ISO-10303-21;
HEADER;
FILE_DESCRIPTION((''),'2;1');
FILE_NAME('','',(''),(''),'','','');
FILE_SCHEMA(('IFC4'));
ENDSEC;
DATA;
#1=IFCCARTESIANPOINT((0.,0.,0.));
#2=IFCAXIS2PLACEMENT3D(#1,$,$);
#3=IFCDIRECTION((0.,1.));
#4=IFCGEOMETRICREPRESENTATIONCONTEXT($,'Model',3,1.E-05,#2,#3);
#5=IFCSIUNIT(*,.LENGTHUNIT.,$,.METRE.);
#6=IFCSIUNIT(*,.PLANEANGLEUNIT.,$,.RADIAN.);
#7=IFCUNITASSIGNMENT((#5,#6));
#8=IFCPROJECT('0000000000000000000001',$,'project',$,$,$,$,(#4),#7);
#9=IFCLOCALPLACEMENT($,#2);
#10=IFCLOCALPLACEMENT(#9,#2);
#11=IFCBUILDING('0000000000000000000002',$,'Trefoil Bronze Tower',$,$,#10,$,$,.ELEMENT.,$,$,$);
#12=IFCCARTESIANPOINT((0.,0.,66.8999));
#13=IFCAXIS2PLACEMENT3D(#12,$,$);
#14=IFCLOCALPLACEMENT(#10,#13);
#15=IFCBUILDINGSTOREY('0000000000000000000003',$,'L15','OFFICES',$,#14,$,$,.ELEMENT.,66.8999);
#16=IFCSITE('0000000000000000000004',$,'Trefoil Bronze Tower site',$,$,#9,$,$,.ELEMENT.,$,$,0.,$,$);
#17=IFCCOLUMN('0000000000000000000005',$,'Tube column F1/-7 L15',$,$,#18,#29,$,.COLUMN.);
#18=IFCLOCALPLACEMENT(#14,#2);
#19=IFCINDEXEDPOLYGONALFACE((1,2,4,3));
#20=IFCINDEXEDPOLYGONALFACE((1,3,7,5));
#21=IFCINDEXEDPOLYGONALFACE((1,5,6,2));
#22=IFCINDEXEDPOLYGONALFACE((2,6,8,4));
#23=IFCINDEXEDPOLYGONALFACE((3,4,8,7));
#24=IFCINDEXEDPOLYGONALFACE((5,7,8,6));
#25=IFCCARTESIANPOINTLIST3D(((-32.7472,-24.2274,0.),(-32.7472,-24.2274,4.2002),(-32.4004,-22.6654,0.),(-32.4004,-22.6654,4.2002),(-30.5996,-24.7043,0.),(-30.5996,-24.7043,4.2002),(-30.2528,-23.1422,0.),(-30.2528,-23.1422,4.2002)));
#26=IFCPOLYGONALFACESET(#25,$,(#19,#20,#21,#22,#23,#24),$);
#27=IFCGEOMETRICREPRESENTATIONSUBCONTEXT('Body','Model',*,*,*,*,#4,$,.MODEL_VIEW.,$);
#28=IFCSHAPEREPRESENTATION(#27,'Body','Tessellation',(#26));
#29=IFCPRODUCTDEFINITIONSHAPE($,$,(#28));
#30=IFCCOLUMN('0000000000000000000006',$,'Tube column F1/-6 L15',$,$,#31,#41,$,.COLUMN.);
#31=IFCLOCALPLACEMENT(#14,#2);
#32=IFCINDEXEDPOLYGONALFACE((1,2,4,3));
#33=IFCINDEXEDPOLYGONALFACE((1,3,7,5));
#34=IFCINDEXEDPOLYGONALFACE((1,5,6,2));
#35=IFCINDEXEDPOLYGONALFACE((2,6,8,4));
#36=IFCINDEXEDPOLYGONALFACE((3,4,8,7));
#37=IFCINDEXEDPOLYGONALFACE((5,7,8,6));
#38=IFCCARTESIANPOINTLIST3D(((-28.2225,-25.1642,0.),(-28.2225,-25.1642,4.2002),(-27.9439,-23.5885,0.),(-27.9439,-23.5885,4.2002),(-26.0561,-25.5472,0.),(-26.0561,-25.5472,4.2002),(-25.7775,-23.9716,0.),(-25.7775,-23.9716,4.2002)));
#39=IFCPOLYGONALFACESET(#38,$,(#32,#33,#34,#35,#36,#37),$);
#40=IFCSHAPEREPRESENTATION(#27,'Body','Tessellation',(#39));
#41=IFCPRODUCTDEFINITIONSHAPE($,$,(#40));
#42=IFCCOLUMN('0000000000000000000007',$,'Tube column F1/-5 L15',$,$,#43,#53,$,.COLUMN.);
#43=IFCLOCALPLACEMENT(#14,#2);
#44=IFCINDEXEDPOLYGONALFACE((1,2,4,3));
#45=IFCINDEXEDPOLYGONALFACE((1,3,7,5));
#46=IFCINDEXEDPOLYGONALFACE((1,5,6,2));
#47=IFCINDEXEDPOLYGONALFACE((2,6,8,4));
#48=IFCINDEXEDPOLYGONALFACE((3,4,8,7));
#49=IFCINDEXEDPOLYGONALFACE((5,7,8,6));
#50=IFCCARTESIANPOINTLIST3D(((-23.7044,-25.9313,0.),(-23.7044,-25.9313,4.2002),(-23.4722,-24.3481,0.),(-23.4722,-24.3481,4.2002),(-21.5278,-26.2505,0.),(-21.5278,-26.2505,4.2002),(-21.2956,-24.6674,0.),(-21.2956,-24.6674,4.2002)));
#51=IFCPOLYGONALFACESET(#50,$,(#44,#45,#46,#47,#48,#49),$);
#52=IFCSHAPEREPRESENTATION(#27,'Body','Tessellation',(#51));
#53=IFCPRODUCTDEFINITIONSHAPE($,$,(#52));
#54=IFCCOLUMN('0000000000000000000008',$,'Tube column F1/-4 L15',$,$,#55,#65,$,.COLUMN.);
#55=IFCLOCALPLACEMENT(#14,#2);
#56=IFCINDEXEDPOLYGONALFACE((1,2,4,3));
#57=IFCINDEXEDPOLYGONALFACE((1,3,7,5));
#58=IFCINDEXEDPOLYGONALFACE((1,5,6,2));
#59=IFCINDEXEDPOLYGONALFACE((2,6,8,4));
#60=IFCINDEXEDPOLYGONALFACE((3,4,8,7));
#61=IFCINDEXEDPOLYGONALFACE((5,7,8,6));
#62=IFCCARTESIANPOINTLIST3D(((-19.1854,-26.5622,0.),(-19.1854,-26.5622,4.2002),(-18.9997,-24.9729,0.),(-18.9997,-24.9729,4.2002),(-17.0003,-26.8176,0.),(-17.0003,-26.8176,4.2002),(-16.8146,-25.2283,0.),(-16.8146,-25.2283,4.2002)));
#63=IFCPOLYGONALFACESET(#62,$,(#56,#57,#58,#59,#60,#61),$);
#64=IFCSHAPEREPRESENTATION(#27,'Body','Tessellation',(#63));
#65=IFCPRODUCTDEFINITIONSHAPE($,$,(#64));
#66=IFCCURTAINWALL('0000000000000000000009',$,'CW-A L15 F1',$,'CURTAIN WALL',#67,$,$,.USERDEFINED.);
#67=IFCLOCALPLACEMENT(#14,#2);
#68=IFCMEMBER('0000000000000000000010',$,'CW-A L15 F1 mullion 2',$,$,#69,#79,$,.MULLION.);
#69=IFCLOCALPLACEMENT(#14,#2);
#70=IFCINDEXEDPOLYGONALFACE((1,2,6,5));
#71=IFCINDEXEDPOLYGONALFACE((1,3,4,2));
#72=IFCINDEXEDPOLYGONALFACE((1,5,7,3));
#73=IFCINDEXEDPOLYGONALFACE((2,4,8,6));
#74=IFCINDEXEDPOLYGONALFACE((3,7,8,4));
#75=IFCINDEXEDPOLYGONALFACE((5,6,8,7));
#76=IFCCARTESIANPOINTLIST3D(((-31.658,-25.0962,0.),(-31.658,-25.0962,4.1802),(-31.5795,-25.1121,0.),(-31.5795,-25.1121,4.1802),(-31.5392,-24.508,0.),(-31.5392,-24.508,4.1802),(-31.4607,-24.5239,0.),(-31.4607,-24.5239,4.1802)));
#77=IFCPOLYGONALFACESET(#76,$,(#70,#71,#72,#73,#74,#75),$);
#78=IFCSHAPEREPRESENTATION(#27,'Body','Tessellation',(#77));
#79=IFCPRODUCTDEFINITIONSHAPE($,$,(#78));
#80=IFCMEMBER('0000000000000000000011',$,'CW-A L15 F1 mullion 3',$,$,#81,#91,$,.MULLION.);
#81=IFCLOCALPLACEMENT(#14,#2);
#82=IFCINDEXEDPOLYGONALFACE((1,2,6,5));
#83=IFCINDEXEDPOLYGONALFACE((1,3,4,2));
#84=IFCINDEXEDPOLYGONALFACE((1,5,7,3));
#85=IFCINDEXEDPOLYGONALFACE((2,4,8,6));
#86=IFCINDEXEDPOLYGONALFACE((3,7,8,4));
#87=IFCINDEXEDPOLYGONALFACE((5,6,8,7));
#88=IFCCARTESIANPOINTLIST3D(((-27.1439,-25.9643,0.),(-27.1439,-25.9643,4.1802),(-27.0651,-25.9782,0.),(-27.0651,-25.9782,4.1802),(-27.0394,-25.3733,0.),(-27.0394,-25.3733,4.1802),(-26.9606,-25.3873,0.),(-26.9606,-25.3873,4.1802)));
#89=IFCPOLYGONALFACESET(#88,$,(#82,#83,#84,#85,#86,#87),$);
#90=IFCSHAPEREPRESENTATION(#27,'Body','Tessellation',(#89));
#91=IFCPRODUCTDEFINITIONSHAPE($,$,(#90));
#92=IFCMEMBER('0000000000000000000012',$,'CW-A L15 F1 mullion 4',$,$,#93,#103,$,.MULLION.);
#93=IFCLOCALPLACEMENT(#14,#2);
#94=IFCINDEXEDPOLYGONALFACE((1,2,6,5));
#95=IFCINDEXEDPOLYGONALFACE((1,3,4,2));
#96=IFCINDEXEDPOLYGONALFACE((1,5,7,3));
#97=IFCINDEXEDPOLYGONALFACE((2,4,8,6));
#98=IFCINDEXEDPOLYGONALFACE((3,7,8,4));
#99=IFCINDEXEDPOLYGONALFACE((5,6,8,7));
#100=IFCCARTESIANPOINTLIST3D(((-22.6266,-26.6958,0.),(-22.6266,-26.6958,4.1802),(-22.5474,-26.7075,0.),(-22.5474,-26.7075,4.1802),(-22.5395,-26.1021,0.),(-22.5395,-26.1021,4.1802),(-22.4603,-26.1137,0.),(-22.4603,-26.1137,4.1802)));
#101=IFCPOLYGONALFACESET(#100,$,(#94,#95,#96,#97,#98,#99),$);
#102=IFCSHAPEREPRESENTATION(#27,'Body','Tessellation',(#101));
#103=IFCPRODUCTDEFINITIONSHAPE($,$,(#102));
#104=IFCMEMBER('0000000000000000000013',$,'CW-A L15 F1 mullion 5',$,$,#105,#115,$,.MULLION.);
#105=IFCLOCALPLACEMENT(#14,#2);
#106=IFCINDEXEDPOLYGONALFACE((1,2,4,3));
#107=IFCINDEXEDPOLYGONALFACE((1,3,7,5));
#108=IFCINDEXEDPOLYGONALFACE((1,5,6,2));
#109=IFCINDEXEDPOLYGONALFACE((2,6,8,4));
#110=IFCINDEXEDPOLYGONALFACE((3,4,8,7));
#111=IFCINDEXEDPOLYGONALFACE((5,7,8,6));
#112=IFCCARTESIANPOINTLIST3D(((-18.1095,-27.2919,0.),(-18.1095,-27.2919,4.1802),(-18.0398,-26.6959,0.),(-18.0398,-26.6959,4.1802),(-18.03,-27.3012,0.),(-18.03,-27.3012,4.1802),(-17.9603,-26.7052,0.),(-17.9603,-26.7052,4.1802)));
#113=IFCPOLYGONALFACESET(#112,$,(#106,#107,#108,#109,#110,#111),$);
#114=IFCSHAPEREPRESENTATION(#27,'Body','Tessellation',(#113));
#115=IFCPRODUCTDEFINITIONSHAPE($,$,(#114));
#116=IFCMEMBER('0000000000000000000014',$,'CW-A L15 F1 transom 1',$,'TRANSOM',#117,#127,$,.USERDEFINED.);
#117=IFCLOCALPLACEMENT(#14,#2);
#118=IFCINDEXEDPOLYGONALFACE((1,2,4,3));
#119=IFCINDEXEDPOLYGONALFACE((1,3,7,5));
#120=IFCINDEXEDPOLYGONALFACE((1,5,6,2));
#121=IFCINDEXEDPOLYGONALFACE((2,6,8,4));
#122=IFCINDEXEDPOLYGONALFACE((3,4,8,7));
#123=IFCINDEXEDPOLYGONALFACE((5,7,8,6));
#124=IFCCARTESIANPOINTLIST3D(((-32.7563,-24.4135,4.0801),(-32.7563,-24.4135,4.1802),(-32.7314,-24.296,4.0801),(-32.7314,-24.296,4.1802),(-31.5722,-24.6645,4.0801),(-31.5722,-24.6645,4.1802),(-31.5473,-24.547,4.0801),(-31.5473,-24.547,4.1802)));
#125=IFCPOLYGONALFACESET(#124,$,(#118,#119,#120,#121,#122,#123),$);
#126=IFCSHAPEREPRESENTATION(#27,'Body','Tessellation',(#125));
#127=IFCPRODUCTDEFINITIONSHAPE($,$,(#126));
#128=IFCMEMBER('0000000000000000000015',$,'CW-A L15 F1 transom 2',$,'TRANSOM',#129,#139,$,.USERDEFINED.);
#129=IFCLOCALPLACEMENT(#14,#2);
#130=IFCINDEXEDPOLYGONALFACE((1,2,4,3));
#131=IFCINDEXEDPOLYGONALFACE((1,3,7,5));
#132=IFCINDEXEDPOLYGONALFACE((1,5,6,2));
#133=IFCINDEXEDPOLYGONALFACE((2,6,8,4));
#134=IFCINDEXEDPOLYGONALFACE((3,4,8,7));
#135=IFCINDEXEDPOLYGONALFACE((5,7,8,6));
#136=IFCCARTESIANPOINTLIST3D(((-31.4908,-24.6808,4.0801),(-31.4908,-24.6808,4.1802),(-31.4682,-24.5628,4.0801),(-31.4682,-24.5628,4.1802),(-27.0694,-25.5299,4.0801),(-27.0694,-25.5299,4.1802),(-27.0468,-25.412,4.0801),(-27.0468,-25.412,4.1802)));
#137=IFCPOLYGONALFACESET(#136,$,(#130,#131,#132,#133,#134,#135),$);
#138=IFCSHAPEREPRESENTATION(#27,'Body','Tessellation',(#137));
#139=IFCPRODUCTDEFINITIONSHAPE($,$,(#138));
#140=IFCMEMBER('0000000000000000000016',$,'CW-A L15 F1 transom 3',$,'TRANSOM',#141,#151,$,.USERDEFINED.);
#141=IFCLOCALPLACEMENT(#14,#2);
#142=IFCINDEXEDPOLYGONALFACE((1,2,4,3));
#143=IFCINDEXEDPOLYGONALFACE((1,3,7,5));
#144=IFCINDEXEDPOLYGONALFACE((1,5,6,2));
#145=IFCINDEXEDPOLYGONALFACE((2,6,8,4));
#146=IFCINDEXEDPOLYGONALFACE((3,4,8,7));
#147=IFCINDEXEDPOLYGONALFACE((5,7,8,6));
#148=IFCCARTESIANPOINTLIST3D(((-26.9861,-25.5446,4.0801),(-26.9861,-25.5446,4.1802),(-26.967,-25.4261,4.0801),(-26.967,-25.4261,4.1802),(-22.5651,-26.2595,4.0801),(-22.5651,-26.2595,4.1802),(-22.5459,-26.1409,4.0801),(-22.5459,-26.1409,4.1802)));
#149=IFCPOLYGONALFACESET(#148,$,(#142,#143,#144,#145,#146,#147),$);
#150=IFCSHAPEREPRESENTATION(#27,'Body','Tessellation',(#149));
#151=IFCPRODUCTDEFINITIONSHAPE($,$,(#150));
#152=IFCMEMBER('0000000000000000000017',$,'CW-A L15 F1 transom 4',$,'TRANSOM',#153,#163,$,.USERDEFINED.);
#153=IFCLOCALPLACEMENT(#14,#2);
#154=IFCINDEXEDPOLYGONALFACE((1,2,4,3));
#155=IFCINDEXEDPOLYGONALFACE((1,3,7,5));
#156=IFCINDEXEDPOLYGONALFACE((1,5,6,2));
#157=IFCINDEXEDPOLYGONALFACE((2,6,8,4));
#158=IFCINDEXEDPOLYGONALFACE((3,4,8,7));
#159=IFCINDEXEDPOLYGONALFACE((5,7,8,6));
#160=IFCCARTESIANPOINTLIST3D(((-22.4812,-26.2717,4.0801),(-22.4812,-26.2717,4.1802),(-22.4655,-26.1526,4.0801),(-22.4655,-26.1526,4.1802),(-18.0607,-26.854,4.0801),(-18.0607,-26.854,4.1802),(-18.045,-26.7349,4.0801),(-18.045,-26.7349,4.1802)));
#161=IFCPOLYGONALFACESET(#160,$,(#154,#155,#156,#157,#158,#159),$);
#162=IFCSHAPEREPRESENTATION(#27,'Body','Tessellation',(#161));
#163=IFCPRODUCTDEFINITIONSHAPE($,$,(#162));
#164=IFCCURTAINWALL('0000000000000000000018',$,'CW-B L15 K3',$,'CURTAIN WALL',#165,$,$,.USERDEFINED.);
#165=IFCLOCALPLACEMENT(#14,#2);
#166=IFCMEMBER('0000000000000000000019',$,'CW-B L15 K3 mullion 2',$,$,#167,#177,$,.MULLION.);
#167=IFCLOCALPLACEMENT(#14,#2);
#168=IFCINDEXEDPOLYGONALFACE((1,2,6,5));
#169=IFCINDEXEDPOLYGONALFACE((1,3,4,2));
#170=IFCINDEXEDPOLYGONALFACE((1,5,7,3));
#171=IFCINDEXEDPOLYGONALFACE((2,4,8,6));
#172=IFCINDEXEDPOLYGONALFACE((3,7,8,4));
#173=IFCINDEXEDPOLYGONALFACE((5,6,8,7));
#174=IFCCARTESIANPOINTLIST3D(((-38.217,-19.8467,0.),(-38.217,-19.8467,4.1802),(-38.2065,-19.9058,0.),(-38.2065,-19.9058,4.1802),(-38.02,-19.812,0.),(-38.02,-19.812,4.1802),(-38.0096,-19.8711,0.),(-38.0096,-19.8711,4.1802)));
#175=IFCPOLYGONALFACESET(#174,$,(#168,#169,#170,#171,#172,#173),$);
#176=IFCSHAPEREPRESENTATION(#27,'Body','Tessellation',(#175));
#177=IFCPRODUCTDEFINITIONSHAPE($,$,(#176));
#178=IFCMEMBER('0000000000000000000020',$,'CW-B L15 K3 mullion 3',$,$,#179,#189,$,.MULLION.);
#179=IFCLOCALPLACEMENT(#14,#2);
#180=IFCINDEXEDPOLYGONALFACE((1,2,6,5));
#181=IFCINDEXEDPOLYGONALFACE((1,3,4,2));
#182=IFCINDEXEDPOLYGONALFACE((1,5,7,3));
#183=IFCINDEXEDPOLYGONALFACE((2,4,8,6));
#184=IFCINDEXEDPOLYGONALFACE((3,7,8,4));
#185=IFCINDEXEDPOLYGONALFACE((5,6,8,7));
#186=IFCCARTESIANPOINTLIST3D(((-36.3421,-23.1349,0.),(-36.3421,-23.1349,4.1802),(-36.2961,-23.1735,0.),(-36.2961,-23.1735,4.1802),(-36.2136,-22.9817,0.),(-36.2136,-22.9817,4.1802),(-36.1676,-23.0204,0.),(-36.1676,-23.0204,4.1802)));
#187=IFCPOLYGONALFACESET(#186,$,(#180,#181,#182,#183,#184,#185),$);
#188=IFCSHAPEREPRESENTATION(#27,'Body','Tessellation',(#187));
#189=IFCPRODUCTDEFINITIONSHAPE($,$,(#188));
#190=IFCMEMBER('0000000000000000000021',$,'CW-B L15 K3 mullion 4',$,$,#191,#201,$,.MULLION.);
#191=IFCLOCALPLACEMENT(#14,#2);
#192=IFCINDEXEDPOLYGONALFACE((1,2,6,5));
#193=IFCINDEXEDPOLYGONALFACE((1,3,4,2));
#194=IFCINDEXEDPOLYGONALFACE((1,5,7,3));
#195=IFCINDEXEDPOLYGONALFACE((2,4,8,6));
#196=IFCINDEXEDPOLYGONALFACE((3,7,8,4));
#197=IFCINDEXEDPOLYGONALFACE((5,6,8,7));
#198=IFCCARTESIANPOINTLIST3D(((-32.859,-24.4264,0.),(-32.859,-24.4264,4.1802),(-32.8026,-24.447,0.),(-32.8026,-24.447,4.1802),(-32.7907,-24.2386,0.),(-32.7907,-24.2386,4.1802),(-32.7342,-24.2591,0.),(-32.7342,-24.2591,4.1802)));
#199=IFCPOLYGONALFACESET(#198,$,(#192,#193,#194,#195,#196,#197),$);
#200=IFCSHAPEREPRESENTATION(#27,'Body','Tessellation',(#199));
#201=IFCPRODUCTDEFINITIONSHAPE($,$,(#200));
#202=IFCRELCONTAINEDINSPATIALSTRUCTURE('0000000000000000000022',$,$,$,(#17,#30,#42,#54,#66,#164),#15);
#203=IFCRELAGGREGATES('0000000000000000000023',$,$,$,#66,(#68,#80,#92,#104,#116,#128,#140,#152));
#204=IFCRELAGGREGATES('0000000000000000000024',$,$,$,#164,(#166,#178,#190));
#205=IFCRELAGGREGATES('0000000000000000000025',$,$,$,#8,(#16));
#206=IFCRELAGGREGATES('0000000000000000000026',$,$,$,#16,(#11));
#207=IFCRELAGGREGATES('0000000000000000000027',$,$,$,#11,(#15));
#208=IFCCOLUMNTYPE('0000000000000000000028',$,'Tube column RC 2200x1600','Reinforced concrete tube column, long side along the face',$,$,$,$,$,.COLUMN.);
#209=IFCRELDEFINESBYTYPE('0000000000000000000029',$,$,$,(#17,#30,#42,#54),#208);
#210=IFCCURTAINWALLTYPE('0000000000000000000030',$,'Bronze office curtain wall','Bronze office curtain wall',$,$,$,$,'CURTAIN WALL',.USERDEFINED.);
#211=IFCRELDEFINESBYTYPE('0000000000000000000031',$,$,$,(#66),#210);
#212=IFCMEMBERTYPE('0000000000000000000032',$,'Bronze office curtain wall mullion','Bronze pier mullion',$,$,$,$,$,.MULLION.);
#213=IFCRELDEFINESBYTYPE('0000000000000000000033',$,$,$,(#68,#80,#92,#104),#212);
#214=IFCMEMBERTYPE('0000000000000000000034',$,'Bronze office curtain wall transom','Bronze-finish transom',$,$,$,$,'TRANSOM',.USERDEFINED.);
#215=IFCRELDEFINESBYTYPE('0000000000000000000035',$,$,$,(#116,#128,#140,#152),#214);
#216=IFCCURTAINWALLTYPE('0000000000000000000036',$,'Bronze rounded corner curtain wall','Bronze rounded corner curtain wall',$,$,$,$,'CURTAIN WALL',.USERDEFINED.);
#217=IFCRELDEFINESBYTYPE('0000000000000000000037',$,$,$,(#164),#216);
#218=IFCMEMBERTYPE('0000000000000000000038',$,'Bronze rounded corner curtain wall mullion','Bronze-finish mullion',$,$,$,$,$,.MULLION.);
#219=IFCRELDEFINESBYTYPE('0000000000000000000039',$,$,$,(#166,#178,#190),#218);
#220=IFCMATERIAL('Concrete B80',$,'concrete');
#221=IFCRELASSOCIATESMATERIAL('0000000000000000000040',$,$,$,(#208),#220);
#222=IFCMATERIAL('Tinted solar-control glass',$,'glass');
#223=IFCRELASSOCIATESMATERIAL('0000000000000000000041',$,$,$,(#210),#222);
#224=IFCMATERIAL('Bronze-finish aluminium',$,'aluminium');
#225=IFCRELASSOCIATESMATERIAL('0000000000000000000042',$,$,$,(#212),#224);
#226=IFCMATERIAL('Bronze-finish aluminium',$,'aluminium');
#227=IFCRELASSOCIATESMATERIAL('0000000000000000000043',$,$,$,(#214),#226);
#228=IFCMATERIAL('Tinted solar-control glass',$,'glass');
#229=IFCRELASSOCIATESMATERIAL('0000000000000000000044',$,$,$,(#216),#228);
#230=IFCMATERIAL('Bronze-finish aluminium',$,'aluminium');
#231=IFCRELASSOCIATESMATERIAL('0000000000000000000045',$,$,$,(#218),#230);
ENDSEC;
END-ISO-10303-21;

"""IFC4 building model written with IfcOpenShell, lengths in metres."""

from ifc_helpers import new_model, si_unit, direction, frame, origin, origin_2d, place, context, subcontext, project, spatial, rectangle, extrude, material, material_profile, profile_set, type_object, element, aggregate, save


model = new_model("IFC4")

# Units and contexts
model_context = context("Model", 3, precision=1e-05, world=origin(), true_north=direction((0.0, 1.0)))
body_context = subcontext(model_context, "Body", "Model", "MODEL_VIEW")
ifc_project = project(units=[si_unit("LENGTHUNIT", "METRE"), si_unit("PLANEANGLEUNIT", "RADIAN")], contexts=[model_context])

# Site, building, storey
site_placement = place(None, origin())
site = spatial("IfcSite", under=ifc_project, at=site_placement, Name="Trefoil Bronze Tower site", CompositionType="ELEMENT", RefElevation=0.0)
building_placement = place(site_placement, origin())
building = spatial("IfcBuilding", under=site, at=building_placement, Name="Trefoil Bronze Tower", CompositionType="ELEMENT")
storey_placement = place(building_placement, frame((0.0, 0.0, 66.8999)))
storey = spatial("IfcBuildingStorey", under=building, at=storey_placement, Name="L15", Description="OFFICES", CompositionType="ELEMENT", Elevation=66.8999)

# Columns
ifc_material_1 = material(Name="Concrete B80", Category="concrete")
ifc_material_profile_1 = material_profile(ifc_material_1, rectangle(XDim=2.2, YDim=1.6001, at=origin_2d()), Name="RC 2200x1600")
ifc_profile_set_1 = profile_set([ifc_material_profile_1], Name="Concrete B80")
column_type = type_object("IfcColumnType", Name="Tube column RC 2200x1600", Description="Reinforced concrete tube column, long side along the face", PredefinedType="COLUMN", material=ifc_profile_set_1)
for number, where, z_axis, x_axis, name in (
    (1, (-31.5, -23.6848, 0.0), (0.0, 0.0, 1.0), (0.97623, -0.216739, 0.0), "Tube column F1/-7 L15"),
    (2, (-27.0, -24.5679, 0.0), (0.0, 0.0, 1.0), (0.984722, -0.174131, 0.0), "Tube column F1/-6 L15"),
    (3, (-22.5, -25.2993, 0.0), (0.0, 0.0, 1.0), (0.989416, -0.145109, 0.0), "Tube column F1/-5 L15"),
    (4, (-18.0, -25.8953, 0.0), (0.0, 0.0, 1.0), (0.993239, -0.116087, 0.0), "Tube column F1/-4 L15"),
):
    element("IfcColumn", number, at=place(storey_placement, frame(where, z_axis=z_axis, x_axis=x_axis)), inside=storey, type_object=column_type, Name=name, PredefinedType="COLUMN", context=body_context, shape_type="SweptSolid", body=[
        extrude(rectangle(XDim=2.2, YDim=1.6001, at=origin_2d()), origin(), (0.0, 0.0, 1.0), 4.2002),
    ])

# Curtain walls, members
ifc_material_2 = material(Name="Tinted solar-control glass", Category="glass")
curtain_wall_type_1 = type_object("IfcCurtainWallType", Name="Bronze office curtain wall", Description="Bronze office curtain wall", ElementType="CURTAIN WALL", PredefinedType="USERDEFINED", material=ifc_material_2)
curtain_wall_1_placement = place(storey_placement, origin())
curtain_wall_1 = element("IfcCurtainWall", 5, at=curtain_wall_1_placement, inside=storey, type_object=curtain_wall_type_1, Name="CW-A L15 F1", ObjectType="CURTAIN WALL", PredefinedType="USERDEFINED")
ifc_material_3 = material(Name="Bronze-finish aluminium", Category="aluminium")
ifc_material_profile_2 = material_profile(ifc_material_3, rectangle(XDim=0.6001, YDim=0.0801, at=origin_2d()), Name="CW-A mullion")
ifc_profile_set_2 = profile_set([ifc_material_profile_2], Name="Bronze-finish aluminium")
member_type_1 = type_object("IfcMemberType", Name="Bronze office curtain wall mullion", Description="Bronze pier mullion", PredefinedType="MULLION", material=ifc_profile_set_2)
member_1_placement = place(storey_placement, frame((-31.5593, -24.8101, 0.0), z_axis=(0.0, 0.0, 1.0), x_axis=(0.19791, 0.98022, 0.0)))
member_1 = element("IfcMember", 6, at=member_1_placement, type_object=member_type_1, Name="CW-A L15 F1 mullion 2", PredefinedType="MULLION", context=body_context, shape_type="SweptSolid", body=[
    extrude(rectangle(XDim=0.6001, YDim=0.0801, at=origin_2d()), origin(), (0.0, 0.0, 1.0), 4.1802),
])
member_2_placement = place(storey_placement, frame((-27.0522, -25.6758, 0.0), z_axis=(0.0, 0.0, 1.0), x_axis=(0.174131, 0.984722, 0.0)))
member_2 = element("IfcMember", 7, at=member_2_placement, type_object=member_type_1, Name="CW-A L15 F1 mullion 3", PredefinedType="MULLION", context=body_context, shape_type="SweptSolid", body=[
    extrude(rectangle(XDim=0.6001, YDim=0.0801, at=origin_2d()), origin(), (0.0, 0.0, 1.0), 4.1802),
])
member_3_placement = place(storey_placement, frame((-22.5435, -26.4048, 0.0), z_axis=(0.0, 0.0, 1.0), x_axis=(0.145109, 0.989416, 0.0)))
member_3 = element("IfcMember", 8, at=member_3_placement, type_object=member_type_1, Name="CW-A L15 F1 mullion 4", PredefinedType="MULLION", context=body_context, shape_type="SweptSolid", body=[
    extrude(rectangle(XDim=0.6001, YDim=0.0801, at=origin_2d()), origin(), (0.0, 0.0, 1.0), 4.1802),
])
member_4_placement = place(storey_placement, frame((-18.0349, -26.9985, 0.0), z_axis=(0.0, 0.0, 1.0), x_axis=(0.116087, 0.993239, 0.0)))
member_4 = element("IfcMember", 9, at=member_4_placement, type_object=member_type_1, Name="CW-A L15 F1 mullion 5", PredefinedType="MULLION", context=body_context, shape_type="SweptSolid", body=[
    extrude(rectangle(XDim=0.6001, YDim=0.0801, at=origin_2d()), origin(), (0.0, 0.0, 1.0), 4.1802),
])
ifc_material_4 = material(Name="Bronze-finish aluminium", Category="aluminium")
ifc_material_profile_3 = material_profile(ifc_material_4, rectangle(XDim=0.1201, YDim=0.1001, at=origin_2d()), Name="CW-A transom")
ifc_profile_set_3 = profile_set([ifc_material_profile_3], Name="Bronze-finish aluminium")
member_type_2 = type_object("IfcMemberType", Name="Bronze office curtain wall transom", Description="Bronze-finish transom", ElementType="TRANSOM", PredefinedType="USERDEFINED", material=ifc_profile_set_3)
member_5_placement = place(storey_placement, frame((-32.7439, -24.3547, 4.1301), z_axis=(0.978266, -0.207352, 0.0), x_axis=(0.207352, 0.978266, 0.0)))
member_5 = element("IfcMember", 10, at=member_5_placement, type_object=member_type_2, Name="CW-A L15 F1 transom 1", ObjectType="TRANSOM", PredefinedType="USERDEFINED", context=body_context, shape_type="SweptSolid", body=[
    extrude(rectangle(XDim=0.1201, YDim=0.1001, at=origin_2d()), origin(), (0.0, 0.0, 1.0), 1.2104),
])
member_6_placement = place(storey_placement, frame((-31.4795, -24.6218, 4.1301), z_axis=(0.982054, -0.188602, 0.0), x_axis=(0.188602, 0.982054, 0.0)))
member_6 = element("IfcMember", 11, at=member_6_placement, type_object=member_type_2, Name="CW-A L15 F1 transom 2", ObjectType="TRANSOM", PredefinedType="USERDEFINED", context=body_context, shape_type="SweptSolid", body=[
    extrude(rectangle(XDim=0.1201, YDim=0.1001, at=origin_2d()), origin(), (0.0, 0.0, 1.0), 4.5022),
])
member_7_placement = place(storey_placement, frame((-26.9766, -25.4854, 4.1301), z_axis=(0.987179, -0.159615, 0.0), x_axis=(0.159615, 0.987179, 0.0)))
member_7 = element("IfcMember", 12, at=member_7_placement, type_object=member_type_2, Name="CW-A L15 F1 transom 3", ObjectType="TRANSOM", PredefinedType="USERDEFINED", context=body_context, shape_type="SweptSolid", body=[
    extrude(rectangle(XDim=0.1201, YDim=0.1001, at=origin_2d()), origin(), (0.0, 0.0, 1.0), 4.4785),
])
member_8_placement = place(storey_placement, frame((-22.4734, -26.2122, 4.1301), z_axis=(0.991437, -0.130589, 0.0), x_axis=(0.130589, 0.991437, 0.0)))
member_8 = element("IfcMember", 13, at=member_8_placement, type_object=member_type_2, Name="CW-A L15 F1 transom 4", ObjectType="TRANSOM", PredefinedType="USERDEFINED", context=body_context, shape_type="SweptSolid", body=[
    extrude(rectangle(XDim=0.1201, YDim=0.1001, at=origin_2d()), origin(), (0.0, 0.0, 1.0), 4.4587),
])
ifc_material_5 = material(Name="Tinted solar-control glass", Category="glass")
curtain_wall_type_2 = type_object("IfcCurtainWallType", Name="Bronze rounded corner curtain wall", Description="Bronze rounded corner curtain wall", ElementType="CURTAIN WALL", PredefinedType="USERDEFINED", material=ifc_material_5)
curtain_wall_2_placement = place(storey_placement, origin())
curtain_wall_2 = element("IfcCurtainWall", 14, at=curtain_wall_2_placement, inside=storey, type_object=curtain_wall_type_2, Name="CW-B L15 K3", ObjectType="CURTAIN WALL", PredefinedType="USERDEFINED")
ifc_material_6 = material(Name="Bronze-finish aluminium", Category="aluminium")
ifc_material_profile_4 = material_profile(ifc_material_6, rectangle(XDim=0.2, YDim=0.0601, at=origin_2d()), Name="CW-B mullion")
ifc_profile_set_4 = profile_set([ifc_material_profile_4], Name="Bronze-finish aluminium")
member_type_3 = type_object("IfcMemberType", Name="Bronze rounded corner curtain wall mullion", Description="Bronze-finish mullion", PredefinedType="MULLION", material=ifc_profile_set_4)
member_9_placement = place(storey_placement, frame((-38.1133, -19.8589, 0.0), z_axis=(0.0, 0.0, 1.0), x_axis=(0.984808, 0.173648, 0.0)))
member_9 = element("IfcMember", 15, at=member_9_placement, type_object=member_type_3, Name="CW-B L15 K3 mullion 2", PredefinedType="MULLION", context=body_context, shape_type="SweptSolid", body=[
    extrude(rectangle(XDim=0.2, YDim=0.0601, at=origin_2d()), origin(), (0.0, 0.0, 1.0), 4.1802),
])
member_10_placement = place(storey_placement, frame((-36.2549, -23.0776, 0.0), z_axis=(0.0, 0.0, 1.0), x_axis=(0.642788, 0.766044, 0.0)))
member_10 = element("IfcMember", 16, at=member_10_placement, type_object=member_type_3, Name="CW-B L15 K3 mullion 3", PredefinedType="MULLION", context=body_context, shape_type="SweptSolid", body=[
    extrude(rectangle(XDim=0.2, YDim=0.0601, at=origin_2d()), origin(), (0.0, 0.0, 1.0), 4.1802),
])
member_11_placement = place(storey_placement, frame((-32.7966, -24.3428, 0.0), z_axis=(0.0, 0.0, 1.0), x_axis=(0.34202, 0.939693, 0.0)))
member_11 = element("IfcMember", 17, at=member_11_placement, type_object=member_type_3, Name="CW-B L15 K3 mullion 4", PredefinedType="MULLION", context=body_context, shape_type="SweptSolid", body=[
    extrude(rectangle(XDim=0.2, YDim=0.0601, at=origin_2d()), origin(), (0.0, 0.0, 1.0), 4.1802),
])

aggregate(curtain_wall_1, [member_1, member_2, member_3, member_4, member_5, member_6, member_7, member_8])
aggregate(curtain_wall_2, [member_9, member_10, member_11])

save(model, "model.ifc")
